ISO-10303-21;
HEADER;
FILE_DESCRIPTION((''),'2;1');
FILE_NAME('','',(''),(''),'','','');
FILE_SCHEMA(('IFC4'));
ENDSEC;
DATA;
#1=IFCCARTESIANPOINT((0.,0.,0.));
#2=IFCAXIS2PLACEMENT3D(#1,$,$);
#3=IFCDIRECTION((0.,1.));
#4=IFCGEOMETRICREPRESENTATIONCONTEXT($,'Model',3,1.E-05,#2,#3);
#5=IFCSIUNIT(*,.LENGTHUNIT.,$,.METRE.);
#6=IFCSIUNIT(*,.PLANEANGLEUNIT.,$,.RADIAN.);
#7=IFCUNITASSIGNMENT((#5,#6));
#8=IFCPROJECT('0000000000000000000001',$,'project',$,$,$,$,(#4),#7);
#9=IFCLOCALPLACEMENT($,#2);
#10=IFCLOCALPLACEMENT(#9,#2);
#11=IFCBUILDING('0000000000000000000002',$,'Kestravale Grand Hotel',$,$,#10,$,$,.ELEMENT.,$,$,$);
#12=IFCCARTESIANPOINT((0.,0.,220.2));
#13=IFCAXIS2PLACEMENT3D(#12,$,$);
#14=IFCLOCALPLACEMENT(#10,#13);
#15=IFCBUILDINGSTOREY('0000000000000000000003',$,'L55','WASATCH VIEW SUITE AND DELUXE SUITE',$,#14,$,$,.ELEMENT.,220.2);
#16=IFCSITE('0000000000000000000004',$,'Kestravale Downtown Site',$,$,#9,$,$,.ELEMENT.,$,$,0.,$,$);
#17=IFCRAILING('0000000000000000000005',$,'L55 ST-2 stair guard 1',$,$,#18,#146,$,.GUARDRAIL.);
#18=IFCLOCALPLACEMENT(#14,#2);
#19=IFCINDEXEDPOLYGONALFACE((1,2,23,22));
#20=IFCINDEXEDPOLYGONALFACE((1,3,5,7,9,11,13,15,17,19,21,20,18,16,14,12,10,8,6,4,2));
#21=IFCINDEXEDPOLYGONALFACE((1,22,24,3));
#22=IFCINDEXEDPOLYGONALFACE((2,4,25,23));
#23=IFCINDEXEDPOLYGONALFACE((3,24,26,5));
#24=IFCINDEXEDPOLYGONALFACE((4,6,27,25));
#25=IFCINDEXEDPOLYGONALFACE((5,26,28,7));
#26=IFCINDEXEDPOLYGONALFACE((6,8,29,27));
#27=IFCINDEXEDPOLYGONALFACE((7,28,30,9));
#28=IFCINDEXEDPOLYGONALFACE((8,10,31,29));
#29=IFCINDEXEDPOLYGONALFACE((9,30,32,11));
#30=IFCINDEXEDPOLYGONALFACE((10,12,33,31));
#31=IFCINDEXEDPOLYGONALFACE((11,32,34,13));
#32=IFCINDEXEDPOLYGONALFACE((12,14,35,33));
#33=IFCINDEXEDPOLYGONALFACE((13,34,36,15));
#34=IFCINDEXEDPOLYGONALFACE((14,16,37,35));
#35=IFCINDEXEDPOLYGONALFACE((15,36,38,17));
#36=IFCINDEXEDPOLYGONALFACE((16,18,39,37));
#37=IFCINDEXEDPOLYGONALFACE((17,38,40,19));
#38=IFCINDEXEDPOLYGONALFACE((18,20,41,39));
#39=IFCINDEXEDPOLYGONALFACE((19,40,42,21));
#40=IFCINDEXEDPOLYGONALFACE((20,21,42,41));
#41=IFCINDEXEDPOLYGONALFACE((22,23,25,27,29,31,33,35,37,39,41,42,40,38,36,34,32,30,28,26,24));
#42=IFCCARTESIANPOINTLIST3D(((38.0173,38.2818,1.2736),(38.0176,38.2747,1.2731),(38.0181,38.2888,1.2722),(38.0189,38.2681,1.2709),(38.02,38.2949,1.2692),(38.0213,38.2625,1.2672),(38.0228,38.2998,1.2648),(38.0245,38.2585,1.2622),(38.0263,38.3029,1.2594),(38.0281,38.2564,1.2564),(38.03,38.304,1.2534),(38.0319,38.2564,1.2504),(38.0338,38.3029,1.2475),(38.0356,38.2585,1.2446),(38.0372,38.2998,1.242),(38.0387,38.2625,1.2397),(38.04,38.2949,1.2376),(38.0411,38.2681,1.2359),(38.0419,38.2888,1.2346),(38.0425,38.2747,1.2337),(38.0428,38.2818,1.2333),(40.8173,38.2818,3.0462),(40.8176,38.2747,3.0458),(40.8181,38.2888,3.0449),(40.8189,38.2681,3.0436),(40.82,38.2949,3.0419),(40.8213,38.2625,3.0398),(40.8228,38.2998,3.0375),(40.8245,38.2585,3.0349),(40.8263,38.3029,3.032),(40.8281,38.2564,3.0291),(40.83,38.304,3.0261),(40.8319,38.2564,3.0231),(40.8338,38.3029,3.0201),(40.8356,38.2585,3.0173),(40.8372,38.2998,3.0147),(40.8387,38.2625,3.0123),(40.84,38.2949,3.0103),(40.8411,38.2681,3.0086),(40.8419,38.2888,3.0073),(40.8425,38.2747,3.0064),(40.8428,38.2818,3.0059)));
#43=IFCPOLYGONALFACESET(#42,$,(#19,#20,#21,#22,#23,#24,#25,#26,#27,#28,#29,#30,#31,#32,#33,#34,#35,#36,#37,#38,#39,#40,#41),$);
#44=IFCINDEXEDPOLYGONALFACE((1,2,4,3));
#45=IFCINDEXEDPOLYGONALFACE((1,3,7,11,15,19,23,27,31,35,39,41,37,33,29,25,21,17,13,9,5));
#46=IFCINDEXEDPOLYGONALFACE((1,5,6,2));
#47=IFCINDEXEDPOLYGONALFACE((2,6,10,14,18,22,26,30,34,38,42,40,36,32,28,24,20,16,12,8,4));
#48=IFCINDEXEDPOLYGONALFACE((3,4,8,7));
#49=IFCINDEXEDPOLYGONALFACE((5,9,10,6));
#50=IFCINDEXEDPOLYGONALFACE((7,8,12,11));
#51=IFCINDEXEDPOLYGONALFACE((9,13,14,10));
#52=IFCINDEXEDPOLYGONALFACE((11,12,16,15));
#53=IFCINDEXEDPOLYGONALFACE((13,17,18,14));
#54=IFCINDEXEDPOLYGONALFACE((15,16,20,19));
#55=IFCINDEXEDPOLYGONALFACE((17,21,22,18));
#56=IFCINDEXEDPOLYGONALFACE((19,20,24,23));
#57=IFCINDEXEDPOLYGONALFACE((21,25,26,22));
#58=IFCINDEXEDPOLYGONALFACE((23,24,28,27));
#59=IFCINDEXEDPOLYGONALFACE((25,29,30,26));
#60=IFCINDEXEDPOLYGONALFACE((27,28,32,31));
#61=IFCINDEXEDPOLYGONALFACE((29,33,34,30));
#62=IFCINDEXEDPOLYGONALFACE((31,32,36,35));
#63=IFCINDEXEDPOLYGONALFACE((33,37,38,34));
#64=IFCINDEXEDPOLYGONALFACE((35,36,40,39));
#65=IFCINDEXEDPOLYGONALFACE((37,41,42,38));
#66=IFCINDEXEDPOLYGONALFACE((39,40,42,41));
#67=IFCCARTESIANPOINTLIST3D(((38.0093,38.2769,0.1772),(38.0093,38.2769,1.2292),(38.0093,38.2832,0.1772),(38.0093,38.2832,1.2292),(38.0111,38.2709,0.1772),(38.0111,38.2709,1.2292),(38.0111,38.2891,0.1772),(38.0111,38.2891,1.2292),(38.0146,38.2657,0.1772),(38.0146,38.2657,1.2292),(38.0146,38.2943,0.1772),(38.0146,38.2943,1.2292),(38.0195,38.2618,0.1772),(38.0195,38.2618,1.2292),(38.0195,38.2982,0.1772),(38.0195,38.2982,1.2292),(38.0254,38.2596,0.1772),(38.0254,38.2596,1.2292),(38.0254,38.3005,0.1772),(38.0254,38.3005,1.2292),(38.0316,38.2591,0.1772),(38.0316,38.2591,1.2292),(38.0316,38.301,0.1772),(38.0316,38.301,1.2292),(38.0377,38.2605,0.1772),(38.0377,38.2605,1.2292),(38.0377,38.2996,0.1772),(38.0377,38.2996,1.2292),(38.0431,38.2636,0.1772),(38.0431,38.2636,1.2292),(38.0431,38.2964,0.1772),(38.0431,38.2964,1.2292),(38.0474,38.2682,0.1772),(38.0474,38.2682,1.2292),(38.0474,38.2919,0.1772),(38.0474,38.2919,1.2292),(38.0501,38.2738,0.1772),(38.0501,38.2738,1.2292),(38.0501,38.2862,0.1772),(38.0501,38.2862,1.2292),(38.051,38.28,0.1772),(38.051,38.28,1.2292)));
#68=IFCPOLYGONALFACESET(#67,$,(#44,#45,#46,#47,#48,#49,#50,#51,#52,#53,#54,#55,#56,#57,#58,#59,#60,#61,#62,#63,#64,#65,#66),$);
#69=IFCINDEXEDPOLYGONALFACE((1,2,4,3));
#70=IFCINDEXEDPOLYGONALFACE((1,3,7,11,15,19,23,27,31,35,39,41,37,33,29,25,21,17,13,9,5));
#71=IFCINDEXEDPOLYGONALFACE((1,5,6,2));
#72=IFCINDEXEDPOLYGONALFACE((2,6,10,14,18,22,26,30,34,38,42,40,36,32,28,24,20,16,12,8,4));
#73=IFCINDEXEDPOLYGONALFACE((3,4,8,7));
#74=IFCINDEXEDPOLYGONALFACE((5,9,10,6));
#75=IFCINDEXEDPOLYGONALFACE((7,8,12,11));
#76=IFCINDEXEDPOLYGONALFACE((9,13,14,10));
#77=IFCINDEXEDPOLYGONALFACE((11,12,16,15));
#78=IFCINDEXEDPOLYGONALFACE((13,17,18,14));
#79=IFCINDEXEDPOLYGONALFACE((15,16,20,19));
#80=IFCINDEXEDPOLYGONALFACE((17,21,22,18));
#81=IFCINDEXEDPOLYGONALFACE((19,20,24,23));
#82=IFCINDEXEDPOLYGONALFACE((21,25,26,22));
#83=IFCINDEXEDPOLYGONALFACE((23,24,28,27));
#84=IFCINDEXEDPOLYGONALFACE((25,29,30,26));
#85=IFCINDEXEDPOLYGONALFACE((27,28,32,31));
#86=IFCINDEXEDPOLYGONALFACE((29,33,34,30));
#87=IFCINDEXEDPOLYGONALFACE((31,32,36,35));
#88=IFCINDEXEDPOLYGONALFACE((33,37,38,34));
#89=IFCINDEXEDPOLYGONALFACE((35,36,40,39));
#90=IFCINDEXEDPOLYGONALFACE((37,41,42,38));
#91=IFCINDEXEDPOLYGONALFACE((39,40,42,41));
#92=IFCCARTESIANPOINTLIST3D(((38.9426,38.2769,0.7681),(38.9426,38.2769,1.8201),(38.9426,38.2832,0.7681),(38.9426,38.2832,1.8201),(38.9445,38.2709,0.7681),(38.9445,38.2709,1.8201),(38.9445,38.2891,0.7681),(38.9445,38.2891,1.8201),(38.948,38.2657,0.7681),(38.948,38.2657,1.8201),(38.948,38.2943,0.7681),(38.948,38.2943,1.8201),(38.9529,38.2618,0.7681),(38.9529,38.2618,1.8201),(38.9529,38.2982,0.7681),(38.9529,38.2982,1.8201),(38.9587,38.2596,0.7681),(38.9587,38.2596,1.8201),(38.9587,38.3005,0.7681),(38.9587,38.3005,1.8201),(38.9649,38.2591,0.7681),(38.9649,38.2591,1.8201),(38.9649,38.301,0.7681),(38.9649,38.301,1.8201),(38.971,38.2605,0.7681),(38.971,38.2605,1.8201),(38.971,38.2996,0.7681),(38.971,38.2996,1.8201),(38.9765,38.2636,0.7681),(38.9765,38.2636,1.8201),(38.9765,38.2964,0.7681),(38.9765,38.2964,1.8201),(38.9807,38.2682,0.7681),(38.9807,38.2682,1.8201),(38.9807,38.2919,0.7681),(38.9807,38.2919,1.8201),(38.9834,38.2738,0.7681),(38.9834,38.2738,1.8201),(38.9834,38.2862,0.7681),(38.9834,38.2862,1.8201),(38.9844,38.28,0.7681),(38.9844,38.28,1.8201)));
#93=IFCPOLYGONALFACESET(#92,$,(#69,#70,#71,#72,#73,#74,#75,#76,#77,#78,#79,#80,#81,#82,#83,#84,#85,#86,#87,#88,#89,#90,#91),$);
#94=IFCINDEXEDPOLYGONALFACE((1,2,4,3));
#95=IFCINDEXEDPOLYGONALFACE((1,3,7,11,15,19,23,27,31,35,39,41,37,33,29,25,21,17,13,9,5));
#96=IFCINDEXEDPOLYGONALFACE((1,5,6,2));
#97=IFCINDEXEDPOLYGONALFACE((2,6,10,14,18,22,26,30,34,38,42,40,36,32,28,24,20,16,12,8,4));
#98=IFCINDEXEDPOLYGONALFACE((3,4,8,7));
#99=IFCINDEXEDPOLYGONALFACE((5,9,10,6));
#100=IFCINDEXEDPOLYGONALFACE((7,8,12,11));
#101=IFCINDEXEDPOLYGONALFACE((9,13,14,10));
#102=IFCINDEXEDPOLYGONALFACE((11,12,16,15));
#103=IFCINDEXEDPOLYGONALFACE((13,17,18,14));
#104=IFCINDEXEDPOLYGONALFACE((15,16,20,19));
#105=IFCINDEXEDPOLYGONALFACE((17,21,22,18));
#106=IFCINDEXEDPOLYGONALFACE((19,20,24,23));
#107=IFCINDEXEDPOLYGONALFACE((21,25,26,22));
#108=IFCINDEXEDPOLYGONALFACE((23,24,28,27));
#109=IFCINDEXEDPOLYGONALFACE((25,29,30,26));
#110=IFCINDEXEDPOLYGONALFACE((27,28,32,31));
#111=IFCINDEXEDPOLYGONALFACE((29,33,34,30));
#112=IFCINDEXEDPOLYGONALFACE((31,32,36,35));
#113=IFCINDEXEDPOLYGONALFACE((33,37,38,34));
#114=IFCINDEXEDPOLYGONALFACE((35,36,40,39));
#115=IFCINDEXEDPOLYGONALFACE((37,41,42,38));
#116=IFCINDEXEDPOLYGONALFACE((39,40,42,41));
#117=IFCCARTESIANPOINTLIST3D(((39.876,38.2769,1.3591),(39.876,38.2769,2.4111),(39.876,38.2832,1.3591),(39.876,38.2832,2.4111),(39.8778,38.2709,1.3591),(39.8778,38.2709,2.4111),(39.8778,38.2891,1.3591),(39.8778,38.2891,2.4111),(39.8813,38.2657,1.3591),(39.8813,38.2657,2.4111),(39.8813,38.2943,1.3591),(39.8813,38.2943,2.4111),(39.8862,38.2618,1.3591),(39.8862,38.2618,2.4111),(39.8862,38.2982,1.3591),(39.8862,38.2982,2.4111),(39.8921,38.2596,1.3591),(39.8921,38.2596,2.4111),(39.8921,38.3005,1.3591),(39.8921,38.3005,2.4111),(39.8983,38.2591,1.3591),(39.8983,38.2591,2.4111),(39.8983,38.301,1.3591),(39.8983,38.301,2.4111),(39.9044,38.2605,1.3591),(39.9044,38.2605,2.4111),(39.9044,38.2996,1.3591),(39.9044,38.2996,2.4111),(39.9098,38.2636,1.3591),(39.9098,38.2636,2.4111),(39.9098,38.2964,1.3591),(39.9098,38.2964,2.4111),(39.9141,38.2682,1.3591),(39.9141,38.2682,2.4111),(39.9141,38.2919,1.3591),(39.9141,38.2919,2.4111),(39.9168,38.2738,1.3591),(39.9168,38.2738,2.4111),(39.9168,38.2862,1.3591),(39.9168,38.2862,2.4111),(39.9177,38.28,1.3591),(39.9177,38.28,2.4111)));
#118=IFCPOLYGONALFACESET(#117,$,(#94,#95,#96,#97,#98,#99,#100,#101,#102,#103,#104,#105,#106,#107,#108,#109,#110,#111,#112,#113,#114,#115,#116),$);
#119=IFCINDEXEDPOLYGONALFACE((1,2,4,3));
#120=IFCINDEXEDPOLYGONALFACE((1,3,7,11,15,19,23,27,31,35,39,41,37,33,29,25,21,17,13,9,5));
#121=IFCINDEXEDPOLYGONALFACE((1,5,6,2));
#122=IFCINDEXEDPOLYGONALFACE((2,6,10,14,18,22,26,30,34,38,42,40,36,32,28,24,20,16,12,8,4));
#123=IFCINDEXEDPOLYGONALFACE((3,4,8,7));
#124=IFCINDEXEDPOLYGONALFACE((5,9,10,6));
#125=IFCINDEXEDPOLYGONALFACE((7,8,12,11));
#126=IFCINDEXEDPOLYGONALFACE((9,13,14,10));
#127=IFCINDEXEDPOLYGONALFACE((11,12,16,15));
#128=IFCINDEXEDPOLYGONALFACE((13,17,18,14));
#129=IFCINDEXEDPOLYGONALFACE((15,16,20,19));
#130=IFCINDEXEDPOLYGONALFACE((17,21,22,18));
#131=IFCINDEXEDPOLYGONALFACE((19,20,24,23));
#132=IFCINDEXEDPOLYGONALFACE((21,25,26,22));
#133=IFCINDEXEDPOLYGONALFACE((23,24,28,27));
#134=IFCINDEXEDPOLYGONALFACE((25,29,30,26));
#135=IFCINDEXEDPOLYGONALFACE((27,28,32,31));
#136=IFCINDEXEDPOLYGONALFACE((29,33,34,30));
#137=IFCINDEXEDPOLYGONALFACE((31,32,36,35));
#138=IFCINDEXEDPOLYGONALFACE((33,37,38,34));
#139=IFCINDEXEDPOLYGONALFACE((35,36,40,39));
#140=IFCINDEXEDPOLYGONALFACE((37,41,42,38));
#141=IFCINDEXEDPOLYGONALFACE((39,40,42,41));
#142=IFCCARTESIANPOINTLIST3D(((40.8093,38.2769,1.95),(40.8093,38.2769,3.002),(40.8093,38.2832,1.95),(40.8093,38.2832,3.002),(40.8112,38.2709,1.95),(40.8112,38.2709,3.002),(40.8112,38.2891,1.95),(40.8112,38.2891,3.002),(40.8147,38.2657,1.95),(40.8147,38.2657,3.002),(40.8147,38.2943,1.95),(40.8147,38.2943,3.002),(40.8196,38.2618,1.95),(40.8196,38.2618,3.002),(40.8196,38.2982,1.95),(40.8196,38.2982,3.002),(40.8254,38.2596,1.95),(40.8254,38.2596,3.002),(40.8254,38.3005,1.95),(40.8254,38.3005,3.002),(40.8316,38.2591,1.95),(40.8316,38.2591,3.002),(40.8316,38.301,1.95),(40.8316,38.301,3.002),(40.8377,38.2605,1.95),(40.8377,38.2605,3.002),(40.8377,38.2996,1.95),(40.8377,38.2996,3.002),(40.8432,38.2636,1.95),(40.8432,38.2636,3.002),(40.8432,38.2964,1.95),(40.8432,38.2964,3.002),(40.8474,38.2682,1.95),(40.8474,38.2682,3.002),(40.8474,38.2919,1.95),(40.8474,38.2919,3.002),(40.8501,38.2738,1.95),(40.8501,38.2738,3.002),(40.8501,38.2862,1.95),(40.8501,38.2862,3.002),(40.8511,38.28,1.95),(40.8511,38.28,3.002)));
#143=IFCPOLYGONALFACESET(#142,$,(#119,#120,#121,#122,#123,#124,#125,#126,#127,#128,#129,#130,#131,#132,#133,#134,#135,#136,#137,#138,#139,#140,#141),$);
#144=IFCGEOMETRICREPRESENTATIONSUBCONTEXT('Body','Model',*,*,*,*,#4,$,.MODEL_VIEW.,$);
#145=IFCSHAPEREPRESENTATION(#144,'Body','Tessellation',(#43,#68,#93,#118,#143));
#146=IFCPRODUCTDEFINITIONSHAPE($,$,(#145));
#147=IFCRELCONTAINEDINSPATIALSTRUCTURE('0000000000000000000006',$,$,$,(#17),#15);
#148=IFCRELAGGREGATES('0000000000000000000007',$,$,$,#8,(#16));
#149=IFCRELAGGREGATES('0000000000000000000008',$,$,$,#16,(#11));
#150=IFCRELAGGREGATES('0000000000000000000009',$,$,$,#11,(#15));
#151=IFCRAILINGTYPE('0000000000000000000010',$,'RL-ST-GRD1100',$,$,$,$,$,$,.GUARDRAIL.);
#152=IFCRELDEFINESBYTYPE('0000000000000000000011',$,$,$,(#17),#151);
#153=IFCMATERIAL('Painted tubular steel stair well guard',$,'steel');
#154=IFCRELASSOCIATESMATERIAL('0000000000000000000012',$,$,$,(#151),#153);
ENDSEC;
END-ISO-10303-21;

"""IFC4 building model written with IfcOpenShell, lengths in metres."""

from ifc_helpers import new_model, si_unit, direction, frame, origin, origin_2d, place, context, subcontext, project, spatial, circle, extrude, material, type_object, element, save


model = new_model("IFC4")

# Units and contexts
model_context = context("Model", 3, precision=1e-05, world=origin(), true_north=direction((0.0, 1.0)))
body_context = subcontext(model_context, "Body", "Model", "MODEL_VIEW")
ifc_project = project(units=[si_unit("LENGTHUNIT", "METRE"), si_unit("PLANEANGLEUNIT", "RADIAN")], contexts=[model_context])

# Site, building, storey
site_placement = place(None, origin())
site = spatial("IfcSite", under=ifc_project, at=site_placement, Name="Kestravale Downtown Site", CompositionType="ELEMENT", RefElevation=0.0)
building_placement = place(site_placement, origin())
building = spatial("IfcBuilding", under=site, at=building_placement, Name="Kestravale Grand Hotel", CompositionType="ELEMENT")
storey_placement = place(building_placement, frame((0.0, 0.0, 220.2)))
storey = spatial("IfcBuildingStorey", under=building, at=storey_placement, Name="L55", Description="WASATCH VIEW SUITE AND DELUXE SUITE", CompositionType="ELEMENT", Elevation=220.2)

# Railing
ifc_material_1 = material(Name="Painted tubular steel stair well guard", Category="steel")
railing_type_1 = type_object("IfcRailingType", Name="RL-ST-GRD1100", PredefinedType="GUARDRAIL", material=ifc_material_1)
railing_1_placement = place(storey_placement, frame((38.03, 38.28, 0.1772)))
element("IfcRailing", 1, at=railing_1_placement, inside=storey, type_object=railing_type_1, Name="L55 ST-2 stair guard 1", PredefinedType="GUARDRAIL", context=body_context, shape_type="SweptSolid", body=[
    extrude(circle(Radius=0.0239, at=origin_2d()), frame((0.0, 0.0, 1.0762), z_axis=(0.844909, 0.0, 0.53491), x_axis=(0.0, 1.0, 0.0)), (0.0, 0.0, 1.0), 3.314),
    extrude(circle(Radius=0.021, at=origin_2d()), origin(), (0.0, 0.0, 1.0), 1.052),
    extrude(circle(Radius=0.021, at=origin_2d()), frame((0.9333, 0.0, 0.5908)), (0.0, 0.0, 1.0), 1.052),
    extrude(circle(Radius=0.021, at=origin_2d()), frame((1.8667, 0.0, 1.1819)), (0.0, 0.0, 1.0), 1.052),
    extrude(circle(Radius=0.021, at=origin_2d()), frame((2.8, 0.0, 1.7727)), (0.0, 0.0, 1.0), 1.052),
])

save(model, "model.ifc")
